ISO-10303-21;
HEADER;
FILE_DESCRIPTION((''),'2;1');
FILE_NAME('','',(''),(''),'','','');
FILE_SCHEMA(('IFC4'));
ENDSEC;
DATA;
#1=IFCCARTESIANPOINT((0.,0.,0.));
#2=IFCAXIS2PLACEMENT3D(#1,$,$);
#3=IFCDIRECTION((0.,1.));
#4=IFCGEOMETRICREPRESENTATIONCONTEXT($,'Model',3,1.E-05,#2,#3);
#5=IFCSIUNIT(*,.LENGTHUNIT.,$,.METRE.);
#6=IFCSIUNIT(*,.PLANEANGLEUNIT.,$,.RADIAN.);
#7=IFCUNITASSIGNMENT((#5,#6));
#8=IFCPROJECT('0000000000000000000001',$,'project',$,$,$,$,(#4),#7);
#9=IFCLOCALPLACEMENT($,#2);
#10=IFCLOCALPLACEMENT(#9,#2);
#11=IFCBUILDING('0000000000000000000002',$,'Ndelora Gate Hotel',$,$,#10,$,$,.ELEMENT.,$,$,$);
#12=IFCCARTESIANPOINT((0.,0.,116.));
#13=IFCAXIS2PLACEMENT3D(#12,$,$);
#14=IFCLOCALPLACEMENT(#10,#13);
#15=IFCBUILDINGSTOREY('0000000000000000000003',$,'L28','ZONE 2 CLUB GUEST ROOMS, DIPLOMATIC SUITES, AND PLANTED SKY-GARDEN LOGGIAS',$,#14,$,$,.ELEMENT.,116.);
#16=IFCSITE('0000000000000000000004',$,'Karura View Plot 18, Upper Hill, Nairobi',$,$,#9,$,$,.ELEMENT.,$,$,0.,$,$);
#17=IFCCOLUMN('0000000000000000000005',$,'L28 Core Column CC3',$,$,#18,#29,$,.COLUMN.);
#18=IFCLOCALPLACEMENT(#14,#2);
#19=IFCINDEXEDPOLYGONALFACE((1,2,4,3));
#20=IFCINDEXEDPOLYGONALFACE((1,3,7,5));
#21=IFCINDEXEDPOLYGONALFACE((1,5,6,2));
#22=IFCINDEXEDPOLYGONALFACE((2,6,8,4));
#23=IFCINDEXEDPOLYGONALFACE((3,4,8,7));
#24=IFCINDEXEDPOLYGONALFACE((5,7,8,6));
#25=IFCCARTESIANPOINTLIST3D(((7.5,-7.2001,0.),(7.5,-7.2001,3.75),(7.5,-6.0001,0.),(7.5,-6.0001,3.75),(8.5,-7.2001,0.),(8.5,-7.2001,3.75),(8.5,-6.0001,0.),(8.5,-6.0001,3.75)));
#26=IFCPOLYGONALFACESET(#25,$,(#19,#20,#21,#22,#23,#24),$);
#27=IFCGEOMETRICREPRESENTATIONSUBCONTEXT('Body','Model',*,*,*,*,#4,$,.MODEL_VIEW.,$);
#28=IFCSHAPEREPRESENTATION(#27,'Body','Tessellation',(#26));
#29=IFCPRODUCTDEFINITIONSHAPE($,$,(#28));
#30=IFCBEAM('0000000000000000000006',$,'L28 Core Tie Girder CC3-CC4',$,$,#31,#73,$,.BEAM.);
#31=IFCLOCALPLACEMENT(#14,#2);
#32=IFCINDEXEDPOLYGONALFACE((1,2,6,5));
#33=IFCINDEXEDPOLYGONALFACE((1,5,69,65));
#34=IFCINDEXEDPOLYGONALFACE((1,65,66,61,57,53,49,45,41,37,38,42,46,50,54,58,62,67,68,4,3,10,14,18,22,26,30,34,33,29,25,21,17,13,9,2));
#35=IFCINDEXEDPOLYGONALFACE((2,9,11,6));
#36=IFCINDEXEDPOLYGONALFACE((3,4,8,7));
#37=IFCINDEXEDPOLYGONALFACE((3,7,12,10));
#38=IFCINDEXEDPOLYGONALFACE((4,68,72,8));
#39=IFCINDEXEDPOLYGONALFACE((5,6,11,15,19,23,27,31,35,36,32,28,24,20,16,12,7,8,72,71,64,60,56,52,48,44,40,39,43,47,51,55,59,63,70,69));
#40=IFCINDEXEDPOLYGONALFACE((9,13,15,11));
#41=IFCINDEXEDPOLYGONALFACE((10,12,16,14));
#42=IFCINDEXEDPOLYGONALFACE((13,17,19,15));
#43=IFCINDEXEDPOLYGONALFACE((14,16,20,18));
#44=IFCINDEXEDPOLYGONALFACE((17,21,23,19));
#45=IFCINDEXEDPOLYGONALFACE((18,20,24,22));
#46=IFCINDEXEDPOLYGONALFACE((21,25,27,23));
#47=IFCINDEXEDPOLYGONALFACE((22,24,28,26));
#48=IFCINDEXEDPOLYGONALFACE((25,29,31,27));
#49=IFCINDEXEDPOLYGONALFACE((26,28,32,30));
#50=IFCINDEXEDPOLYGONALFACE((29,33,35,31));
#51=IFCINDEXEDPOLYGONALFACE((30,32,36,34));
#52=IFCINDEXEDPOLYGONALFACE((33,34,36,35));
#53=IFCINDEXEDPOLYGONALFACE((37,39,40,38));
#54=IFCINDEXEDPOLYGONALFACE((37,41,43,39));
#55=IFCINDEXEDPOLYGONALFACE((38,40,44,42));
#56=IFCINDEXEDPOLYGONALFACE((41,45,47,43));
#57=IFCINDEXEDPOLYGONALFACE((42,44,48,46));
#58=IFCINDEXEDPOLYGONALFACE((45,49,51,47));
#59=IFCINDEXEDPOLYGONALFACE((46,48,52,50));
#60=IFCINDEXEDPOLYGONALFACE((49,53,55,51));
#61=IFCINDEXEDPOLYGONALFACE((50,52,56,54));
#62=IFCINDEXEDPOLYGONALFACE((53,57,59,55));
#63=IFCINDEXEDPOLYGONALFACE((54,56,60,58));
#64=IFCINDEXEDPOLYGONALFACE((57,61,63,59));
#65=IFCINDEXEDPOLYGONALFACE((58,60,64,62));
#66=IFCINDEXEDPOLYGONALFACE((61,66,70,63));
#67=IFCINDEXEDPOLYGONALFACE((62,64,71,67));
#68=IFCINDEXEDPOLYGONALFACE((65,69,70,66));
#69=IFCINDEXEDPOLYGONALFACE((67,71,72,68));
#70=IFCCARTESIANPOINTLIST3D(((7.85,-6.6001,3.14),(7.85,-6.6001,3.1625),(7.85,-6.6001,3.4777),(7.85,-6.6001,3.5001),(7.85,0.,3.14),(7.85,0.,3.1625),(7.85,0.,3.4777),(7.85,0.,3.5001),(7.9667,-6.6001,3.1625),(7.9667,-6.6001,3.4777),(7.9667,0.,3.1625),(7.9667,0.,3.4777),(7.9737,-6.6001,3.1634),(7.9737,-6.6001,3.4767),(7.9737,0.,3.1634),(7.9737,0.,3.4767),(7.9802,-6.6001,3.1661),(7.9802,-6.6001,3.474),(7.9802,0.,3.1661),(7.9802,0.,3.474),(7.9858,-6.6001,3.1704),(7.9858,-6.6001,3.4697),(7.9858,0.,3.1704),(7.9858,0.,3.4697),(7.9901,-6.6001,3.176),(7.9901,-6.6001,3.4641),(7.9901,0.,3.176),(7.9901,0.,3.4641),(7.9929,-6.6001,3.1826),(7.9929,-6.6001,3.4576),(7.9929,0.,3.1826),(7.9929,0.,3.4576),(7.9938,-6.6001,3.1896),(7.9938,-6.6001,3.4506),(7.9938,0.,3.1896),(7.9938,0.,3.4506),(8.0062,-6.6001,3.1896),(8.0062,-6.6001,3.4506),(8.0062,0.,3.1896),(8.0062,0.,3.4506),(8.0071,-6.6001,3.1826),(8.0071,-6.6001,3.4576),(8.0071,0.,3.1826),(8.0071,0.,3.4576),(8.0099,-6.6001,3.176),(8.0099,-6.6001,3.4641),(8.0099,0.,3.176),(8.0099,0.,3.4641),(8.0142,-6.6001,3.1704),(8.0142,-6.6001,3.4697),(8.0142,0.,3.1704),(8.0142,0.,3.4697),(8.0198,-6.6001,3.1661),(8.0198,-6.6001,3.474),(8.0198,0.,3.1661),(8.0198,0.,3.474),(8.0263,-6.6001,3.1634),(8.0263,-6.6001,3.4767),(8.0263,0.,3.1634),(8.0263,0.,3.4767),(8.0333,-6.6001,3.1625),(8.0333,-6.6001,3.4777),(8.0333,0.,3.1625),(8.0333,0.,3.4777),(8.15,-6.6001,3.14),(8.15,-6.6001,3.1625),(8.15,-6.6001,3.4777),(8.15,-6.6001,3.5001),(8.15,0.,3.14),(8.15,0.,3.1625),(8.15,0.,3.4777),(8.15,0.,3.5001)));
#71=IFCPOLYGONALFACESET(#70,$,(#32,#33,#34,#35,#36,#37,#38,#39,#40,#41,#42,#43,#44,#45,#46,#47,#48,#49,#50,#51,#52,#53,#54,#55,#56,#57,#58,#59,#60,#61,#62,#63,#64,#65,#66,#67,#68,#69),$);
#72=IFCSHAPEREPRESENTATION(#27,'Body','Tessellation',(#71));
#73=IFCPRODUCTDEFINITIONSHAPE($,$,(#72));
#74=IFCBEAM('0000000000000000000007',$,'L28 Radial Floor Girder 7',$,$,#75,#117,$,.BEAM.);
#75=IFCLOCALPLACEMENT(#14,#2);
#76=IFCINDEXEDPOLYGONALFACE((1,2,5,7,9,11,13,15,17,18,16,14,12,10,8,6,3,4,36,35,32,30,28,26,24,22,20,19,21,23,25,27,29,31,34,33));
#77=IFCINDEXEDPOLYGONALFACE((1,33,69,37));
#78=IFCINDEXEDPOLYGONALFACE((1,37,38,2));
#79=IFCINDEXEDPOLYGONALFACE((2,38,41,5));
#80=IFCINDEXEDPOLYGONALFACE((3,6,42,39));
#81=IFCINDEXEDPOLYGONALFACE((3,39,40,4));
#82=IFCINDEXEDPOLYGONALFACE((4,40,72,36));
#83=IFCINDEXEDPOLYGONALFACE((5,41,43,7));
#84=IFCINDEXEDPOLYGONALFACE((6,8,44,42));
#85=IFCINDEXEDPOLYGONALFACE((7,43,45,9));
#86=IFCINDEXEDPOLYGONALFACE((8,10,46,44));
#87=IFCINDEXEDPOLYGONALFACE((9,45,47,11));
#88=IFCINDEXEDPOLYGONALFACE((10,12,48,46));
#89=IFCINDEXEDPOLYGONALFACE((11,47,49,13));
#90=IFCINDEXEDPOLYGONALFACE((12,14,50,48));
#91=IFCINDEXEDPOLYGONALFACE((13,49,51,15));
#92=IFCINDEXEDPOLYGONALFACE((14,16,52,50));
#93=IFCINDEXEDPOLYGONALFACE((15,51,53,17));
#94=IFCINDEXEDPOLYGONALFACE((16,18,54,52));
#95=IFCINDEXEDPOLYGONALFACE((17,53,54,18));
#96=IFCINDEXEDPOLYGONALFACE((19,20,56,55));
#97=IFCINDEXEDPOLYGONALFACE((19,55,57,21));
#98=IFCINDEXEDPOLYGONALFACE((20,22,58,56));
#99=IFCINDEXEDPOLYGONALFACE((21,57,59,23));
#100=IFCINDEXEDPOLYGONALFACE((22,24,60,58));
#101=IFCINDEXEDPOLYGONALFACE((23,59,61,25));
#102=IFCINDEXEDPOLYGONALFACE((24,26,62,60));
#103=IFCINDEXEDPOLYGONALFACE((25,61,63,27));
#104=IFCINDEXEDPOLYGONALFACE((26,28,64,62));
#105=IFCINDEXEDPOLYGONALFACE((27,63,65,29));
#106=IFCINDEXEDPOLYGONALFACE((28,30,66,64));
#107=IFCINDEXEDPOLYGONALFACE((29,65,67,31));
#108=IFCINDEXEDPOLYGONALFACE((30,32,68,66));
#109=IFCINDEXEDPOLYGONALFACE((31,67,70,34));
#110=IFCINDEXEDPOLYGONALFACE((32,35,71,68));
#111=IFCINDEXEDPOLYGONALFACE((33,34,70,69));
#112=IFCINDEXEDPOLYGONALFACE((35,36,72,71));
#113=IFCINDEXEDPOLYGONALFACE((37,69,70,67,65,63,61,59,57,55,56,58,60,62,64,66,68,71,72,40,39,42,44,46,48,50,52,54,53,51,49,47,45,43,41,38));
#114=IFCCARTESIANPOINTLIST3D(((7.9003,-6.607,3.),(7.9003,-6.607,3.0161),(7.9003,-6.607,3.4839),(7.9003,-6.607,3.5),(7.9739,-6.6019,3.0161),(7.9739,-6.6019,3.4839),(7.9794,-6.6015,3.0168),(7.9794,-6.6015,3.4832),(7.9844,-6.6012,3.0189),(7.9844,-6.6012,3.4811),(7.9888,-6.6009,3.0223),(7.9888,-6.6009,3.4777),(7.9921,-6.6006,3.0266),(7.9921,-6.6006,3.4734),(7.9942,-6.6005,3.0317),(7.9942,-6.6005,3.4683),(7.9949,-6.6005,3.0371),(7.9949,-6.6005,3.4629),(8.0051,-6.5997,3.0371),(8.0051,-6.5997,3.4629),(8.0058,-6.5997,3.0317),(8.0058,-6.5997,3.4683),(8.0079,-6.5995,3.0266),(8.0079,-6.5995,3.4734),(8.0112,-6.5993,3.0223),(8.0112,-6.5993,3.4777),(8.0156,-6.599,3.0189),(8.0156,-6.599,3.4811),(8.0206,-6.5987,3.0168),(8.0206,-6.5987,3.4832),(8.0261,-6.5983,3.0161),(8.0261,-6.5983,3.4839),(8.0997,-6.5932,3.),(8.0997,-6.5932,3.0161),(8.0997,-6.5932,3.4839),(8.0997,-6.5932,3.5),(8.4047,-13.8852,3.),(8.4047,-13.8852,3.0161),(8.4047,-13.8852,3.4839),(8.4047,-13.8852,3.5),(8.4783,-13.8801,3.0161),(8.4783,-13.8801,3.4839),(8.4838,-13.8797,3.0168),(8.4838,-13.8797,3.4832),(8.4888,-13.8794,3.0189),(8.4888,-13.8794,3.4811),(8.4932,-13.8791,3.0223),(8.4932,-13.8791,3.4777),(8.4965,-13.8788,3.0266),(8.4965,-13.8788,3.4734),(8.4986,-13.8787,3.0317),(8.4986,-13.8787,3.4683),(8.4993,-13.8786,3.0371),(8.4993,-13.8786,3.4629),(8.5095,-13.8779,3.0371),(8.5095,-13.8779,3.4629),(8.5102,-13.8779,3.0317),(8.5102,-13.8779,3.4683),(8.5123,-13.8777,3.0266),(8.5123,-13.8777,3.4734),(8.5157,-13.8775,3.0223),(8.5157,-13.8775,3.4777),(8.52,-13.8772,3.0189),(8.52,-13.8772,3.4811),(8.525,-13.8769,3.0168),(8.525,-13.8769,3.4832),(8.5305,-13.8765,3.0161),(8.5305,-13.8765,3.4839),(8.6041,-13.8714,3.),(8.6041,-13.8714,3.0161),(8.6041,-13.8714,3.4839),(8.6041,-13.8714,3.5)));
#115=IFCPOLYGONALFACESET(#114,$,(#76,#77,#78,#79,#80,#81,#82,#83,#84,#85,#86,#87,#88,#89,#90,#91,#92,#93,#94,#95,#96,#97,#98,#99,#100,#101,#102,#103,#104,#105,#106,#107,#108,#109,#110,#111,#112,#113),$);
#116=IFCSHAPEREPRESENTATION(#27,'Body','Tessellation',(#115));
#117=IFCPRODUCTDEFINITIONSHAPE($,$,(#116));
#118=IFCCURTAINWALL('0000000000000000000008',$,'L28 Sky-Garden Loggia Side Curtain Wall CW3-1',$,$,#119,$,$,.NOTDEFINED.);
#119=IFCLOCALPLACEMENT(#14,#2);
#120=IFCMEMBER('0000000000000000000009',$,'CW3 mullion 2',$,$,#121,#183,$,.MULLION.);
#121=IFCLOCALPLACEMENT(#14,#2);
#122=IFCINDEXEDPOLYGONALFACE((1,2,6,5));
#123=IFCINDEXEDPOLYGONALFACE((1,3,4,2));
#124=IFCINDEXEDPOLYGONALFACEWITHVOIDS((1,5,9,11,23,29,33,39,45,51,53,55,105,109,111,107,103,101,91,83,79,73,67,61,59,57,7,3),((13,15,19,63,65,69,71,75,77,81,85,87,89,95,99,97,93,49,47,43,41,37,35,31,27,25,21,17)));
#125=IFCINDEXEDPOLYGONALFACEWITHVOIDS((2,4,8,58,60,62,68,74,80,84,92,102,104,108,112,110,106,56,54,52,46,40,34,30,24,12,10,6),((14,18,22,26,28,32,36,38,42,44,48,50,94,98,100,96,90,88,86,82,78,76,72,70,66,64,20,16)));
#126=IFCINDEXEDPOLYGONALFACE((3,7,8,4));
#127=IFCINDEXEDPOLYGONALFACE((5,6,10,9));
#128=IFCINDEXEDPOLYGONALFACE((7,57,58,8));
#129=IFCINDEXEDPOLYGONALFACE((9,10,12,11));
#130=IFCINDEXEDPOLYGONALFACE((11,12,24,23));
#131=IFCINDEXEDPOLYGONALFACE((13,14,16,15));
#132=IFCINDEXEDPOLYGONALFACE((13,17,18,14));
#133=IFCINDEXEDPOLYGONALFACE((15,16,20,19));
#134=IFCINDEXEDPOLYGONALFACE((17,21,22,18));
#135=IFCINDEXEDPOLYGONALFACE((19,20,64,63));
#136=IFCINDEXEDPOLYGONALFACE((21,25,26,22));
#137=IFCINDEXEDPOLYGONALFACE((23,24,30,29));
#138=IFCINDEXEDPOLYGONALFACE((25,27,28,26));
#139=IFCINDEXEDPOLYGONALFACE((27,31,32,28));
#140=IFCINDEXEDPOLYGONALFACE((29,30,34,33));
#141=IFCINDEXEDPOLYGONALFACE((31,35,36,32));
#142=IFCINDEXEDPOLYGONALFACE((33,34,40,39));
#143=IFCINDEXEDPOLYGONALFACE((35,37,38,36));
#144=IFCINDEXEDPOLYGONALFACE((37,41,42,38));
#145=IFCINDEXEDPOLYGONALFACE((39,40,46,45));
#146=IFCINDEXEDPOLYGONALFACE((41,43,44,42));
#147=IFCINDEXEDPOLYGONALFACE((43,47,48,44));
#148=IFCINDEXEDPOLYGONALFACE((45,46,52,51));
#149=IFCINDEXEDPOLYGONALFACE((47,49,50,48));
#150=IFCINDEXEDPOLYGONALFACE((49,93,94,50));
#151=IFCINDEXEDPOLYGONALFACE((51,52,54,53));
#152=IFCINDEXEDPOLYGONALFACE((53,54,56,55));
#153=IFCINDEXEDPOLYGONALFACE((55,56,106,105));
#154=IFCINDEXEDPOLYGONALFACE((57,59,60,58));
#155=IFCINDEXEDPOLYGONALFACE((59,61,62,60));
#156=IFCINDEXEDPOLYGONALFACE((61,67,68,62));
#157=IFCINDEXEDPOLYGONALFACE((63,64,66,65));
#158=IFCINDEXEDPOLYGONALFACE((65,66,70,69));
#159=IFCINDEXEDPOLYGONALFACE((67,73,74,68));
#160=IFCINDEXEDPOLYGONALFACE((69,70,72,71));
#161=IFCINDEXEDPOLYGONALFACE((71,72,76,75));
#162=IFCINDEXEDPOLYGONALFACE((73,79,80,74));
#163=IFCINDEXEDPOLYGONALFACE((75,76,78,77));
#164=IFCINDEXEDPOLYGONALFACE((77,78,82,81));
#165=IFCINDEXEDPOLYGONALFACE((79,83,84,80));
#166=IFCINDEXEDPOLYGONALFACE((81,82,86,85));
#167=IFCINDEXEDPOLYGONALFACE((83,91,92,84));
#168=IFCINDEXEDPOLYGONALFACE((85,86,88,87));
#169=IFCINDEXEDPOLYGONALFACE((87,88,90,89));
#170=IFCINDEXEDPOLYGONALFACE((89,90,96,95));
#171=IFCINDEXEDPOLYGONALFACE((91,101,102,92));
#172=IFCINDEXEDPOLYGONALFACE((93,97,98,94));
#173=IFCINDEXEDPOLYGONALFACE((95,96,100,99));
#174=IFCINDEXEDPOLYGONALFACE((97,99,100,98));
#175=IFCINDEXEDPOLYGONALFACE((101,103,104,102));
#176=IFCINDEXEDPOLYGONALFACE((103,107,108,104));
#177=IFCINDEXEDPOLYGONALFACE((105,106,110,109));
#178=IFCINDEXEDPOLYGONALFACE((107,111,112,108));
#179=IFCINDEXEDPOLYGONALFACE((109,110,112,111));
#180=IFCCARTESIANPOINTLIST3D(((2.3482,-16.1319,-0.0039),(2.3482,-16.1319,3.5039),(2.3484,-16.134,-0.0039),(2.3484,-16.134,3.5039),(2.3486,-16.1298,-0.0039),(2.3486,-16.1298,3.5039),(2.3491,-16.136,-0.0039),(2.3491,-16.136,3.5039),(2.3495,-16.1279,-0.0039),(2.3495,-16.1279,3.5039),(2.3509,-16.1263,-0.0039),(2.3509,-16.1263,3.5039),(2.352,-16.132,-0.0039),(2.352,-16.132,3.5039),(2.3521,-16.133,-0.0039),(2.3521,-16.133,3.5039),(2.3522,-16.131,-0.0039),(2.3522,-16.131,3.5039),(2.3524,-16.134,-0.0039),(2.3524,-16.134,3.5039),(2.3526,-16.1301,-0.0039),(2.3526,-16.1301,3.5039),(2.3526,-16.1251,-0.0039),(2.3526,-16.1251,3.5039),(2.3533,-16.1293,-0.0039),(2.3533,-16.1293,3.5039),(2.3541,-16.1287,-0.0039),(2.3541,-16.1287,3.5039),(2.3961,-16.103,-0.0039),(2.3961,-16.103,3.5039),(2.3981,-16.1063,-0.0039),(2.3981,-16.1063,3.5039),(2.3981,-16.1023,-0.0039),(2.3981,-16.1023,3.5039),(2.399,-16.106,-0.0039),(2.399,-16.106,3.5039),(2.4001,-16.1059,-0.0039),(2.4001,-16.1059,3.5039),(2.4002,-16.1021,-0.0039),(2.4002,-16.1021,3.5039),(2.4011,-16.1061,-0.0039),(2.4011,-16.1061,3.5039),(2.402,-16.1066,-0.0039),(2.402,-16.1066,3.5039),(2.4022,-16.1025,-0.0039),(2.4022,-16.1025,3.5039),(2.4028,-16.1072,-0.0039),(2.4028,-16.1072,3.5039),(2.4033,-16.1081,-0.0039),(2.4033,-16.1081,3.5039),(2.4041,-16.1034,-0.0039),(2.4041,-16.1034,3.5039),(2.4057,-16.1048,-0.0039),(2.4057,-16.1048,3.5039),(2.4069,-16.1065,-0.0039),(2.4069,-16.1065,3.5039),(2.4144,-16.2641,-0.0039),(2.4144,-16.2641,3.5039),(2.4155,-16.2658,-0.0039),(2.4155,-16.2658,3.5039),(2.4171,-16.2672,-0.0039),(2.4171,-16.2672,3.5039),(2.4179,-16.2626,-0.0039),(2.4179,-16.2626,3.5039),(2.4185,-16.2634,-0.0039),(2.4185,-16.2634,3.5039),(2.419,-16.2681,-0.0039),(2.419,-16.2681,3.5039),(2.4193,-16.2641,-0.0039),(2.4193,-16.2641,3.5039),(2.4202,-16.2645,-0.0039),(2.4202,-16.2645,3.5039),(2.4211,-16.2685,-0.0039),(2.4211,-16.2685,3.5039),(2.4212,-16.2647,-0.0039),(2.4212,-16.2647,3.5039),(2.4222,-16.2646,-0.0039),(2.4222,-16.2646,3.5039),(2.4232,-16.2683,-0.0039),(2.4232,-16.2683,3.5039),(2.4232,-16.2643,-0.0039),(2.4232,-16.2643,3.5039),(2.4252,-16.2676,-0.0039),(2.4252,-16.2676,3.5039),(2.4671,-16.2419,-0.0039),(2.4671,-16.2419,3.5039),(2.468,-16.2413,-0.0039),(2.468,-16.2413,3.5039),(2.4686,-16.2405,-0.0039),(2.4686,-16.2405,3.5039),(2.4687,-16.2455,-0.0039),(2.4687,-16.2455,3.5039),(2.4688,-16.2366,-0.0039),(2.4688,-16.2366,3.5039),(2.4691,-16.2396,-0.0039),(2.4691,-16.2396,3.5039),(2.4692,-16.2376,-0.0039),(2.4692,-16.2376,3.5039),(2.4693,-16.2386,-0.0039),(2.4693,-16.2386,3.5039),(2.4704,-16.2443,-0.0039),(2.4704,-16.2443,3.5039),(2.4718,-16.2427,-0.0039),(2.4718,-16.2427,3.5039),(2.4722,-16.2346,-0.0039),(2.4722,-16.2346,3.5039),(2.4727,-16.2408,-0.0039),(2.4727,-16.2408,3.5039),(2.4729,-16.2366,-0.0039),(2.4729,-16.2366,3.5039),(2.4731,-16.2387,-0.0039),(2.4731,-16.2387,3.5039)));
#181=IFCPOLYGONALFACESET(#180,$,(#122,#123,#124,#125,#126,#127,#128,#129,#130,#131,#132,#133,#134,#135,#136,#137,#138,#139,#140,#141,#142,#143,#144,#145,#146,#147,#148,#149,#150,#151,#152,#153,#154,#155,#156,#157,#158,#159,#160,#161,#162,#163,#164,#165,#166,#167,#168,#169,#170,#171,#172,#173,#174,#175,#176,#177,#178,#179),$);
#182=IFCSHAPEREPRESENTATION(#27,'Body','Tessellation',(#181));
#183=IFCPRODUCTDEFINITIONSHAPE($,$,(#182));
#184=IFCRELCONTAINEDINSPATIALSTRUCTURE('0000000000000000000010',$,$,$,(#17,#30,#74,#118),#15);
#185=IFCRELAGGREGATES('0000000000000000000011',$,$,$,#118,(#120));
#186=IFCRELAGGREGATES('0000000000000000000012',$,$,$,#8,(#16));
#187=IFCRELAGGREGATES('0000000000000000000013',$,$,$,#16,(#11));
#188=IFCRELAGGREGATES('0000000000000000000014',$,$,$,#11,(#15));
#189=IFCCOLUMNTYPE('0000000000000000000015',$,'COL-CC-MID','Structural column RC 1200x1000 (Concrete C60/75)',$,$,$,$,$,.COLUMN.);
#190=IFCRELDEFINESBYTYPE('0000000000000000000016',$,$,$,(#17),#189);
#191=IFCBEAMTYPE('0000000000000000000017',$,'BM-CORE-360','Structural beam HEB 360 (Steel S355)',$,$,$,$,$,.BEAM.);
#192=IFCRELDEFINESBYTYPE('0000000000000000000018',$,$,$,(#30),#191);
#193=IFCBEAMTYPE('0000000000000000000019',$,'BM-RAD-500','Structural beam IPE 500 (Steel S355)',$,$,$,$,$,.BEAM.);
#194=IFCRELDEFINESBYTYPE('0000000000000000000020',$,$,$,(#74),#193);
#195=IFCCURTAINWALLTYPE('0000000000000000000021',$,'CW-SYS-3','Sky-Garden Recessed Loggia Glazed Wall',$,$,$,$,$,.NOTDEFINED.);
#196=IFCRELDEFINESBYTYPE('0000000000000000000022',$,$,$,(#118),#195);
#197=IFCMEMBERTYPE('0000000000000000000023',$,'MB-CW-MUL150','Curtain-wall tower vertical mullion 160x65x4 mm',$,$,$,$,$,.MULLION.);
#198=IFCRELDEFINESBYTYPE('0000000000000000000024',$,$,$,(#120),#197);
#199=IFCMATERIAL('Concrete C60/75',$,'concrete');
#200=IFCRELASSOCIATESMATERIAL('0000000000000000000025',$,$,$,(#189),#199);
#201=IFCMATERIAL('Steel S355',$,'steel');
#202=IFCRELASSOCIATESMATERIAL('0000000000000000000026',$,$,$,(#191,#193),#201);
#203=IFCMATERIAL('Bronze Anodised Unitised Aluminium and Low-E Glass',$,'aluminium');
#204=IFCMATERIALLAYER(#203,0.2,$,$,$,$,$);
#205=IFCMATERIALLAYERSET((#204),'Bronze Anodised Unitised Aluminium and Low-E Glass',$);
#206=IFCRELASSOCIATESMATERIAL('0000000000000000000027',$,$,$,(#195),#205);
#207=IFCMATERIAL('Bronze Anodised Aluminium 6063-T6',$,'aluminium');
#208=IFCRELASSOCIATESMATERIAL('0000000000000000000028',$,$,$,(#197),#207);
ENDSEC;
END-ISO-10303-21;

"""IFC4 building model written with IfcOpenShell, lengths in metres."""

from ifc_helpers import new_model, si_unit, direction, frame, origin, origin_2d, place, context, subcontext, project, spatial, rectangle, hollow_rectangle, i_section, extrude, material, layer, layer_set, material_profile, profile_set, type_object, element, aggregate, save


model = new_model("IFC4")

# Units and contexts
model_context = context("Model", 3, precision=1e-05, world=origin(), true_north=direction((0.0, 1.0)))
body_context = subcontext(model_context, "Body", "Model", "MODEL_VIEW")
ifc_project = project(units=[si_unit("LENGTHUNIT", "METRE"), si_unit("PLANEANGLEUNIT", "RADIAN")], contexts=[model_context])

# Site, building, storey
site_placement = place(None, origin())
site = spatial("IfcSite", under=ifc_project, at=site_placement, Name="Karura View Plot 18, Upper Hill, Nairobi", CompositionType="ELEMENT", RefElevation=0.0)
building_placement = place(site_placement, origin())
building = spatial("IfcBuilding", under=site, at=building_placement, Name="Ndelora Gate Hotel", CompositionType="ELEMENT")
storey_placement = place(building_placement, frame((0.0, 0.0, 116.0)))
storey = spatial("IfcBuildingStorey", under=building, at=storey_placement, Name="L28", Description="ZONE 2 CLUB GUEST ROOMS, DIPLOMATIC SUITES, AND PLANTED SKY-GARDEN LOGGIAS", CompositionType="ELEMENT", Elevation=116.0)

# Column
ifc_material_1 = material(Name="Concrete C60/75", Category="concrete")
ifc_material_profile_1 = material_profile(ifc_material_1, rectangle(XDim=1.0, YDim=1.2, at=origin_2d()), Name="RC 1200x1000")
ifc_profile_set_1 = profile_set([ifc_material_profile_1], Name="Concrete C60/75")
column_type = type_object("IfcColumnType", Name="COL-CC-MID", Description="Structural column RC 1200x1000 (Concrete C60/75)", PredefinedType="COLUMN", material=ifc_profile_set_1)
column_placement = place(storey_placement, frame((8.0, -6.6001, 0.0), z_axis=(0.0, 0.0, 1.0), x_axis=(1.0, 0.0, 0.0)))
element("IfcColumn", 1, at=column_placement, inside=storey, type_object=column_type, Name="L28 Core Column CC3", PredefinedType="COLUMN", context=body_context, shape_type="SweptSolid", body=[
    extrude(rectangle(XDim=1.0, YDim=1.2, at=origin_2d()), origin(), (0.0, 0.0, 1.0), 3.75),
])

# Beams
ifc_material_2 = material(Name="Steel S355", Category="steel")
ifc_material_profile_2 = material_profile(ifc_material_2, i_section(OverallWidth=0.3, OverallDepth=0.3601, WebThickness=0.0125, FlangeThickness=0.0225, FilletRadius=0.0271, at=origin_2d()), Name="HEB 360")
ifc_profile_set_2 = profile_set([ifc_material_profile_2], Name="Steel S355")
beam_type_1 = type_object("IfcBeamType", Name="BM-CORE-360", Description="Structural beam HEB 360 (Steel S355)", PredefinedType="BEAM", material=ifc_profile_set_2)
beam_1_placement = place(storey_placement, frame((8.0, -6.6001, 3.3201), z_axis=(0.0, 1.0, 0.0), x_axis=(-1.0, 0.0, 0.0)))
element("IfcBeam", 2, at=beam_1_placement, inside=storey, type_object=beam_type_1, Name="L28 Core Tie Girder CC3-CC4", PredefinedType="BEAM", context=body_context, shape_type="SweptSolid", body=[
    extrude(i_section(OverallWidth=0.3, OverallDepth=0.3601, WebThickness=0.0125, FlangeThickness=0.0225, FilletRadius=0.0271, at=origin_2d()), origin(), (0.0, 0.0, 1.0), 6.6001),
])
ifc_material_profile_3 = material_profile(ifc_material_2, i_section(OverallWidth=0.2, OverallDepth=0.5, WebThickness=0.0103, FlangeThickness=0.0161, FilletRadius=0.021, at=origin_2d()), Name="IPE 500")
ifc_profile_set_3 = profile_set([ifc_material_profile_3], Name="Steel S355")
beam_type_2 = type_object("IfcBeamType", Name="BM-RAD-500", Description="Structural beam IPE 500 (Steel S355)", PredefinedType="BEAM", material=ifc_profile_set_3)
beam_2_placement = place(storey_placement, frame((8.0, -6.6001, 3.25), z_axis=(0.069137, -0.997607, 0.0), x_axis=(0.997607, 0.069137, 0.0)))
element("IfcBeam", 3, at=beam_2_placement, inside=storey, type_object=beam_type_2, Name="L28 Radial Floor Girder 7", PredefinedType="BEAM", context=body_context, shape_type="SweptSolid", body=[
    extrude(i_section(OverallWidth=0.2, OverallDepth=0.5, WebThickness=0.0103, FlangeThickness=0.0161, FilletRadius=0.021, at=origin_2d()), origin(), (0.0, 0.0, 1.0), 7.2957),
])

# Curtain wall, member
ifc_material_3 = material(Name="Bronze Anodised Unitised Aluminium and Low-E Glass", Category="aluminium")
ifc_layer_1 = layer(ifc_material_3, 0.2)
ifc_layer_set_1 = layer_set([ifc_layer_1], Name="Bronze Anodised Unitised Aluminium and Low-E Glass")
curtain_wall_type = type_object("IfcCurtainWallType", Name="CW-SYS-3", Description="Sky-Garden Recessed Loggia Glazed Wall", PredefinedType="NOTDEFINED", material=ifc_layer_set_1)
curtain_wall_placement = place(storey_placement, origin())
curtain_wall = element("IfcCurtainWall", 4, at=curtain_wall_placement, inside=storey, type_object=curtain_wall_type, Name="L28 Sky-Garden Loggia Side Curtain Wall CW3-1", PredefinedType="NOTDEFINED")
ifc_material_4 = material(Name="Bronze Anodised Aluminium 6063-T6", Category="aluminium")
ifc_material_profile_4 = material_profile(ifc_material_4, hollow_rectangle(XDim=0.0649, YDim=0.1599, WallThickness=0.0039, InnerFilletRadius=0.0039, OuterFilletRadius=0.0081, at=origin_2d()), Name="ALU 160x65x4")
ifc_profile_set_4 = profile_set([ifc_material_profile_4], Name="Bronze Anodised Aluminium 6063-T6")
member_type_1 = type_object("IfcMemberType", Name="MB-CW-MUL150", Description="Curtain-wall tower vertical mullion 160x65x4 mm", PredefinedType="MULLION", material=ifc_profile_set_4)
member_1_placement = place(storey_placement, frame((2.4106, -16.1853, -0.0039), z_axis=(0.0, 0.0, 1.0), x_axis=(0.891001, 0.454001, 0.0)))
member_1 = element("IfcMember", 5, at=member_1_placement, type_object=member_type_1, Name="CW3 mullion 2", PredefinedType="MULLION", context=body_context, shape_type="SweptSolid", body=[
    extrude(hollow_rectangle(XDim=0.0649, YDim=0.1599, WallThickness=0.0039, InnerFilletRadius=0.0039, OuterFilletRadius=0.0081, at=origin_2d()), origin(), (0.0, 0.0, 1.0), 3.5078),
])
aggregate(curtain_wall, [member_1])

save(model, "model.ifc")
